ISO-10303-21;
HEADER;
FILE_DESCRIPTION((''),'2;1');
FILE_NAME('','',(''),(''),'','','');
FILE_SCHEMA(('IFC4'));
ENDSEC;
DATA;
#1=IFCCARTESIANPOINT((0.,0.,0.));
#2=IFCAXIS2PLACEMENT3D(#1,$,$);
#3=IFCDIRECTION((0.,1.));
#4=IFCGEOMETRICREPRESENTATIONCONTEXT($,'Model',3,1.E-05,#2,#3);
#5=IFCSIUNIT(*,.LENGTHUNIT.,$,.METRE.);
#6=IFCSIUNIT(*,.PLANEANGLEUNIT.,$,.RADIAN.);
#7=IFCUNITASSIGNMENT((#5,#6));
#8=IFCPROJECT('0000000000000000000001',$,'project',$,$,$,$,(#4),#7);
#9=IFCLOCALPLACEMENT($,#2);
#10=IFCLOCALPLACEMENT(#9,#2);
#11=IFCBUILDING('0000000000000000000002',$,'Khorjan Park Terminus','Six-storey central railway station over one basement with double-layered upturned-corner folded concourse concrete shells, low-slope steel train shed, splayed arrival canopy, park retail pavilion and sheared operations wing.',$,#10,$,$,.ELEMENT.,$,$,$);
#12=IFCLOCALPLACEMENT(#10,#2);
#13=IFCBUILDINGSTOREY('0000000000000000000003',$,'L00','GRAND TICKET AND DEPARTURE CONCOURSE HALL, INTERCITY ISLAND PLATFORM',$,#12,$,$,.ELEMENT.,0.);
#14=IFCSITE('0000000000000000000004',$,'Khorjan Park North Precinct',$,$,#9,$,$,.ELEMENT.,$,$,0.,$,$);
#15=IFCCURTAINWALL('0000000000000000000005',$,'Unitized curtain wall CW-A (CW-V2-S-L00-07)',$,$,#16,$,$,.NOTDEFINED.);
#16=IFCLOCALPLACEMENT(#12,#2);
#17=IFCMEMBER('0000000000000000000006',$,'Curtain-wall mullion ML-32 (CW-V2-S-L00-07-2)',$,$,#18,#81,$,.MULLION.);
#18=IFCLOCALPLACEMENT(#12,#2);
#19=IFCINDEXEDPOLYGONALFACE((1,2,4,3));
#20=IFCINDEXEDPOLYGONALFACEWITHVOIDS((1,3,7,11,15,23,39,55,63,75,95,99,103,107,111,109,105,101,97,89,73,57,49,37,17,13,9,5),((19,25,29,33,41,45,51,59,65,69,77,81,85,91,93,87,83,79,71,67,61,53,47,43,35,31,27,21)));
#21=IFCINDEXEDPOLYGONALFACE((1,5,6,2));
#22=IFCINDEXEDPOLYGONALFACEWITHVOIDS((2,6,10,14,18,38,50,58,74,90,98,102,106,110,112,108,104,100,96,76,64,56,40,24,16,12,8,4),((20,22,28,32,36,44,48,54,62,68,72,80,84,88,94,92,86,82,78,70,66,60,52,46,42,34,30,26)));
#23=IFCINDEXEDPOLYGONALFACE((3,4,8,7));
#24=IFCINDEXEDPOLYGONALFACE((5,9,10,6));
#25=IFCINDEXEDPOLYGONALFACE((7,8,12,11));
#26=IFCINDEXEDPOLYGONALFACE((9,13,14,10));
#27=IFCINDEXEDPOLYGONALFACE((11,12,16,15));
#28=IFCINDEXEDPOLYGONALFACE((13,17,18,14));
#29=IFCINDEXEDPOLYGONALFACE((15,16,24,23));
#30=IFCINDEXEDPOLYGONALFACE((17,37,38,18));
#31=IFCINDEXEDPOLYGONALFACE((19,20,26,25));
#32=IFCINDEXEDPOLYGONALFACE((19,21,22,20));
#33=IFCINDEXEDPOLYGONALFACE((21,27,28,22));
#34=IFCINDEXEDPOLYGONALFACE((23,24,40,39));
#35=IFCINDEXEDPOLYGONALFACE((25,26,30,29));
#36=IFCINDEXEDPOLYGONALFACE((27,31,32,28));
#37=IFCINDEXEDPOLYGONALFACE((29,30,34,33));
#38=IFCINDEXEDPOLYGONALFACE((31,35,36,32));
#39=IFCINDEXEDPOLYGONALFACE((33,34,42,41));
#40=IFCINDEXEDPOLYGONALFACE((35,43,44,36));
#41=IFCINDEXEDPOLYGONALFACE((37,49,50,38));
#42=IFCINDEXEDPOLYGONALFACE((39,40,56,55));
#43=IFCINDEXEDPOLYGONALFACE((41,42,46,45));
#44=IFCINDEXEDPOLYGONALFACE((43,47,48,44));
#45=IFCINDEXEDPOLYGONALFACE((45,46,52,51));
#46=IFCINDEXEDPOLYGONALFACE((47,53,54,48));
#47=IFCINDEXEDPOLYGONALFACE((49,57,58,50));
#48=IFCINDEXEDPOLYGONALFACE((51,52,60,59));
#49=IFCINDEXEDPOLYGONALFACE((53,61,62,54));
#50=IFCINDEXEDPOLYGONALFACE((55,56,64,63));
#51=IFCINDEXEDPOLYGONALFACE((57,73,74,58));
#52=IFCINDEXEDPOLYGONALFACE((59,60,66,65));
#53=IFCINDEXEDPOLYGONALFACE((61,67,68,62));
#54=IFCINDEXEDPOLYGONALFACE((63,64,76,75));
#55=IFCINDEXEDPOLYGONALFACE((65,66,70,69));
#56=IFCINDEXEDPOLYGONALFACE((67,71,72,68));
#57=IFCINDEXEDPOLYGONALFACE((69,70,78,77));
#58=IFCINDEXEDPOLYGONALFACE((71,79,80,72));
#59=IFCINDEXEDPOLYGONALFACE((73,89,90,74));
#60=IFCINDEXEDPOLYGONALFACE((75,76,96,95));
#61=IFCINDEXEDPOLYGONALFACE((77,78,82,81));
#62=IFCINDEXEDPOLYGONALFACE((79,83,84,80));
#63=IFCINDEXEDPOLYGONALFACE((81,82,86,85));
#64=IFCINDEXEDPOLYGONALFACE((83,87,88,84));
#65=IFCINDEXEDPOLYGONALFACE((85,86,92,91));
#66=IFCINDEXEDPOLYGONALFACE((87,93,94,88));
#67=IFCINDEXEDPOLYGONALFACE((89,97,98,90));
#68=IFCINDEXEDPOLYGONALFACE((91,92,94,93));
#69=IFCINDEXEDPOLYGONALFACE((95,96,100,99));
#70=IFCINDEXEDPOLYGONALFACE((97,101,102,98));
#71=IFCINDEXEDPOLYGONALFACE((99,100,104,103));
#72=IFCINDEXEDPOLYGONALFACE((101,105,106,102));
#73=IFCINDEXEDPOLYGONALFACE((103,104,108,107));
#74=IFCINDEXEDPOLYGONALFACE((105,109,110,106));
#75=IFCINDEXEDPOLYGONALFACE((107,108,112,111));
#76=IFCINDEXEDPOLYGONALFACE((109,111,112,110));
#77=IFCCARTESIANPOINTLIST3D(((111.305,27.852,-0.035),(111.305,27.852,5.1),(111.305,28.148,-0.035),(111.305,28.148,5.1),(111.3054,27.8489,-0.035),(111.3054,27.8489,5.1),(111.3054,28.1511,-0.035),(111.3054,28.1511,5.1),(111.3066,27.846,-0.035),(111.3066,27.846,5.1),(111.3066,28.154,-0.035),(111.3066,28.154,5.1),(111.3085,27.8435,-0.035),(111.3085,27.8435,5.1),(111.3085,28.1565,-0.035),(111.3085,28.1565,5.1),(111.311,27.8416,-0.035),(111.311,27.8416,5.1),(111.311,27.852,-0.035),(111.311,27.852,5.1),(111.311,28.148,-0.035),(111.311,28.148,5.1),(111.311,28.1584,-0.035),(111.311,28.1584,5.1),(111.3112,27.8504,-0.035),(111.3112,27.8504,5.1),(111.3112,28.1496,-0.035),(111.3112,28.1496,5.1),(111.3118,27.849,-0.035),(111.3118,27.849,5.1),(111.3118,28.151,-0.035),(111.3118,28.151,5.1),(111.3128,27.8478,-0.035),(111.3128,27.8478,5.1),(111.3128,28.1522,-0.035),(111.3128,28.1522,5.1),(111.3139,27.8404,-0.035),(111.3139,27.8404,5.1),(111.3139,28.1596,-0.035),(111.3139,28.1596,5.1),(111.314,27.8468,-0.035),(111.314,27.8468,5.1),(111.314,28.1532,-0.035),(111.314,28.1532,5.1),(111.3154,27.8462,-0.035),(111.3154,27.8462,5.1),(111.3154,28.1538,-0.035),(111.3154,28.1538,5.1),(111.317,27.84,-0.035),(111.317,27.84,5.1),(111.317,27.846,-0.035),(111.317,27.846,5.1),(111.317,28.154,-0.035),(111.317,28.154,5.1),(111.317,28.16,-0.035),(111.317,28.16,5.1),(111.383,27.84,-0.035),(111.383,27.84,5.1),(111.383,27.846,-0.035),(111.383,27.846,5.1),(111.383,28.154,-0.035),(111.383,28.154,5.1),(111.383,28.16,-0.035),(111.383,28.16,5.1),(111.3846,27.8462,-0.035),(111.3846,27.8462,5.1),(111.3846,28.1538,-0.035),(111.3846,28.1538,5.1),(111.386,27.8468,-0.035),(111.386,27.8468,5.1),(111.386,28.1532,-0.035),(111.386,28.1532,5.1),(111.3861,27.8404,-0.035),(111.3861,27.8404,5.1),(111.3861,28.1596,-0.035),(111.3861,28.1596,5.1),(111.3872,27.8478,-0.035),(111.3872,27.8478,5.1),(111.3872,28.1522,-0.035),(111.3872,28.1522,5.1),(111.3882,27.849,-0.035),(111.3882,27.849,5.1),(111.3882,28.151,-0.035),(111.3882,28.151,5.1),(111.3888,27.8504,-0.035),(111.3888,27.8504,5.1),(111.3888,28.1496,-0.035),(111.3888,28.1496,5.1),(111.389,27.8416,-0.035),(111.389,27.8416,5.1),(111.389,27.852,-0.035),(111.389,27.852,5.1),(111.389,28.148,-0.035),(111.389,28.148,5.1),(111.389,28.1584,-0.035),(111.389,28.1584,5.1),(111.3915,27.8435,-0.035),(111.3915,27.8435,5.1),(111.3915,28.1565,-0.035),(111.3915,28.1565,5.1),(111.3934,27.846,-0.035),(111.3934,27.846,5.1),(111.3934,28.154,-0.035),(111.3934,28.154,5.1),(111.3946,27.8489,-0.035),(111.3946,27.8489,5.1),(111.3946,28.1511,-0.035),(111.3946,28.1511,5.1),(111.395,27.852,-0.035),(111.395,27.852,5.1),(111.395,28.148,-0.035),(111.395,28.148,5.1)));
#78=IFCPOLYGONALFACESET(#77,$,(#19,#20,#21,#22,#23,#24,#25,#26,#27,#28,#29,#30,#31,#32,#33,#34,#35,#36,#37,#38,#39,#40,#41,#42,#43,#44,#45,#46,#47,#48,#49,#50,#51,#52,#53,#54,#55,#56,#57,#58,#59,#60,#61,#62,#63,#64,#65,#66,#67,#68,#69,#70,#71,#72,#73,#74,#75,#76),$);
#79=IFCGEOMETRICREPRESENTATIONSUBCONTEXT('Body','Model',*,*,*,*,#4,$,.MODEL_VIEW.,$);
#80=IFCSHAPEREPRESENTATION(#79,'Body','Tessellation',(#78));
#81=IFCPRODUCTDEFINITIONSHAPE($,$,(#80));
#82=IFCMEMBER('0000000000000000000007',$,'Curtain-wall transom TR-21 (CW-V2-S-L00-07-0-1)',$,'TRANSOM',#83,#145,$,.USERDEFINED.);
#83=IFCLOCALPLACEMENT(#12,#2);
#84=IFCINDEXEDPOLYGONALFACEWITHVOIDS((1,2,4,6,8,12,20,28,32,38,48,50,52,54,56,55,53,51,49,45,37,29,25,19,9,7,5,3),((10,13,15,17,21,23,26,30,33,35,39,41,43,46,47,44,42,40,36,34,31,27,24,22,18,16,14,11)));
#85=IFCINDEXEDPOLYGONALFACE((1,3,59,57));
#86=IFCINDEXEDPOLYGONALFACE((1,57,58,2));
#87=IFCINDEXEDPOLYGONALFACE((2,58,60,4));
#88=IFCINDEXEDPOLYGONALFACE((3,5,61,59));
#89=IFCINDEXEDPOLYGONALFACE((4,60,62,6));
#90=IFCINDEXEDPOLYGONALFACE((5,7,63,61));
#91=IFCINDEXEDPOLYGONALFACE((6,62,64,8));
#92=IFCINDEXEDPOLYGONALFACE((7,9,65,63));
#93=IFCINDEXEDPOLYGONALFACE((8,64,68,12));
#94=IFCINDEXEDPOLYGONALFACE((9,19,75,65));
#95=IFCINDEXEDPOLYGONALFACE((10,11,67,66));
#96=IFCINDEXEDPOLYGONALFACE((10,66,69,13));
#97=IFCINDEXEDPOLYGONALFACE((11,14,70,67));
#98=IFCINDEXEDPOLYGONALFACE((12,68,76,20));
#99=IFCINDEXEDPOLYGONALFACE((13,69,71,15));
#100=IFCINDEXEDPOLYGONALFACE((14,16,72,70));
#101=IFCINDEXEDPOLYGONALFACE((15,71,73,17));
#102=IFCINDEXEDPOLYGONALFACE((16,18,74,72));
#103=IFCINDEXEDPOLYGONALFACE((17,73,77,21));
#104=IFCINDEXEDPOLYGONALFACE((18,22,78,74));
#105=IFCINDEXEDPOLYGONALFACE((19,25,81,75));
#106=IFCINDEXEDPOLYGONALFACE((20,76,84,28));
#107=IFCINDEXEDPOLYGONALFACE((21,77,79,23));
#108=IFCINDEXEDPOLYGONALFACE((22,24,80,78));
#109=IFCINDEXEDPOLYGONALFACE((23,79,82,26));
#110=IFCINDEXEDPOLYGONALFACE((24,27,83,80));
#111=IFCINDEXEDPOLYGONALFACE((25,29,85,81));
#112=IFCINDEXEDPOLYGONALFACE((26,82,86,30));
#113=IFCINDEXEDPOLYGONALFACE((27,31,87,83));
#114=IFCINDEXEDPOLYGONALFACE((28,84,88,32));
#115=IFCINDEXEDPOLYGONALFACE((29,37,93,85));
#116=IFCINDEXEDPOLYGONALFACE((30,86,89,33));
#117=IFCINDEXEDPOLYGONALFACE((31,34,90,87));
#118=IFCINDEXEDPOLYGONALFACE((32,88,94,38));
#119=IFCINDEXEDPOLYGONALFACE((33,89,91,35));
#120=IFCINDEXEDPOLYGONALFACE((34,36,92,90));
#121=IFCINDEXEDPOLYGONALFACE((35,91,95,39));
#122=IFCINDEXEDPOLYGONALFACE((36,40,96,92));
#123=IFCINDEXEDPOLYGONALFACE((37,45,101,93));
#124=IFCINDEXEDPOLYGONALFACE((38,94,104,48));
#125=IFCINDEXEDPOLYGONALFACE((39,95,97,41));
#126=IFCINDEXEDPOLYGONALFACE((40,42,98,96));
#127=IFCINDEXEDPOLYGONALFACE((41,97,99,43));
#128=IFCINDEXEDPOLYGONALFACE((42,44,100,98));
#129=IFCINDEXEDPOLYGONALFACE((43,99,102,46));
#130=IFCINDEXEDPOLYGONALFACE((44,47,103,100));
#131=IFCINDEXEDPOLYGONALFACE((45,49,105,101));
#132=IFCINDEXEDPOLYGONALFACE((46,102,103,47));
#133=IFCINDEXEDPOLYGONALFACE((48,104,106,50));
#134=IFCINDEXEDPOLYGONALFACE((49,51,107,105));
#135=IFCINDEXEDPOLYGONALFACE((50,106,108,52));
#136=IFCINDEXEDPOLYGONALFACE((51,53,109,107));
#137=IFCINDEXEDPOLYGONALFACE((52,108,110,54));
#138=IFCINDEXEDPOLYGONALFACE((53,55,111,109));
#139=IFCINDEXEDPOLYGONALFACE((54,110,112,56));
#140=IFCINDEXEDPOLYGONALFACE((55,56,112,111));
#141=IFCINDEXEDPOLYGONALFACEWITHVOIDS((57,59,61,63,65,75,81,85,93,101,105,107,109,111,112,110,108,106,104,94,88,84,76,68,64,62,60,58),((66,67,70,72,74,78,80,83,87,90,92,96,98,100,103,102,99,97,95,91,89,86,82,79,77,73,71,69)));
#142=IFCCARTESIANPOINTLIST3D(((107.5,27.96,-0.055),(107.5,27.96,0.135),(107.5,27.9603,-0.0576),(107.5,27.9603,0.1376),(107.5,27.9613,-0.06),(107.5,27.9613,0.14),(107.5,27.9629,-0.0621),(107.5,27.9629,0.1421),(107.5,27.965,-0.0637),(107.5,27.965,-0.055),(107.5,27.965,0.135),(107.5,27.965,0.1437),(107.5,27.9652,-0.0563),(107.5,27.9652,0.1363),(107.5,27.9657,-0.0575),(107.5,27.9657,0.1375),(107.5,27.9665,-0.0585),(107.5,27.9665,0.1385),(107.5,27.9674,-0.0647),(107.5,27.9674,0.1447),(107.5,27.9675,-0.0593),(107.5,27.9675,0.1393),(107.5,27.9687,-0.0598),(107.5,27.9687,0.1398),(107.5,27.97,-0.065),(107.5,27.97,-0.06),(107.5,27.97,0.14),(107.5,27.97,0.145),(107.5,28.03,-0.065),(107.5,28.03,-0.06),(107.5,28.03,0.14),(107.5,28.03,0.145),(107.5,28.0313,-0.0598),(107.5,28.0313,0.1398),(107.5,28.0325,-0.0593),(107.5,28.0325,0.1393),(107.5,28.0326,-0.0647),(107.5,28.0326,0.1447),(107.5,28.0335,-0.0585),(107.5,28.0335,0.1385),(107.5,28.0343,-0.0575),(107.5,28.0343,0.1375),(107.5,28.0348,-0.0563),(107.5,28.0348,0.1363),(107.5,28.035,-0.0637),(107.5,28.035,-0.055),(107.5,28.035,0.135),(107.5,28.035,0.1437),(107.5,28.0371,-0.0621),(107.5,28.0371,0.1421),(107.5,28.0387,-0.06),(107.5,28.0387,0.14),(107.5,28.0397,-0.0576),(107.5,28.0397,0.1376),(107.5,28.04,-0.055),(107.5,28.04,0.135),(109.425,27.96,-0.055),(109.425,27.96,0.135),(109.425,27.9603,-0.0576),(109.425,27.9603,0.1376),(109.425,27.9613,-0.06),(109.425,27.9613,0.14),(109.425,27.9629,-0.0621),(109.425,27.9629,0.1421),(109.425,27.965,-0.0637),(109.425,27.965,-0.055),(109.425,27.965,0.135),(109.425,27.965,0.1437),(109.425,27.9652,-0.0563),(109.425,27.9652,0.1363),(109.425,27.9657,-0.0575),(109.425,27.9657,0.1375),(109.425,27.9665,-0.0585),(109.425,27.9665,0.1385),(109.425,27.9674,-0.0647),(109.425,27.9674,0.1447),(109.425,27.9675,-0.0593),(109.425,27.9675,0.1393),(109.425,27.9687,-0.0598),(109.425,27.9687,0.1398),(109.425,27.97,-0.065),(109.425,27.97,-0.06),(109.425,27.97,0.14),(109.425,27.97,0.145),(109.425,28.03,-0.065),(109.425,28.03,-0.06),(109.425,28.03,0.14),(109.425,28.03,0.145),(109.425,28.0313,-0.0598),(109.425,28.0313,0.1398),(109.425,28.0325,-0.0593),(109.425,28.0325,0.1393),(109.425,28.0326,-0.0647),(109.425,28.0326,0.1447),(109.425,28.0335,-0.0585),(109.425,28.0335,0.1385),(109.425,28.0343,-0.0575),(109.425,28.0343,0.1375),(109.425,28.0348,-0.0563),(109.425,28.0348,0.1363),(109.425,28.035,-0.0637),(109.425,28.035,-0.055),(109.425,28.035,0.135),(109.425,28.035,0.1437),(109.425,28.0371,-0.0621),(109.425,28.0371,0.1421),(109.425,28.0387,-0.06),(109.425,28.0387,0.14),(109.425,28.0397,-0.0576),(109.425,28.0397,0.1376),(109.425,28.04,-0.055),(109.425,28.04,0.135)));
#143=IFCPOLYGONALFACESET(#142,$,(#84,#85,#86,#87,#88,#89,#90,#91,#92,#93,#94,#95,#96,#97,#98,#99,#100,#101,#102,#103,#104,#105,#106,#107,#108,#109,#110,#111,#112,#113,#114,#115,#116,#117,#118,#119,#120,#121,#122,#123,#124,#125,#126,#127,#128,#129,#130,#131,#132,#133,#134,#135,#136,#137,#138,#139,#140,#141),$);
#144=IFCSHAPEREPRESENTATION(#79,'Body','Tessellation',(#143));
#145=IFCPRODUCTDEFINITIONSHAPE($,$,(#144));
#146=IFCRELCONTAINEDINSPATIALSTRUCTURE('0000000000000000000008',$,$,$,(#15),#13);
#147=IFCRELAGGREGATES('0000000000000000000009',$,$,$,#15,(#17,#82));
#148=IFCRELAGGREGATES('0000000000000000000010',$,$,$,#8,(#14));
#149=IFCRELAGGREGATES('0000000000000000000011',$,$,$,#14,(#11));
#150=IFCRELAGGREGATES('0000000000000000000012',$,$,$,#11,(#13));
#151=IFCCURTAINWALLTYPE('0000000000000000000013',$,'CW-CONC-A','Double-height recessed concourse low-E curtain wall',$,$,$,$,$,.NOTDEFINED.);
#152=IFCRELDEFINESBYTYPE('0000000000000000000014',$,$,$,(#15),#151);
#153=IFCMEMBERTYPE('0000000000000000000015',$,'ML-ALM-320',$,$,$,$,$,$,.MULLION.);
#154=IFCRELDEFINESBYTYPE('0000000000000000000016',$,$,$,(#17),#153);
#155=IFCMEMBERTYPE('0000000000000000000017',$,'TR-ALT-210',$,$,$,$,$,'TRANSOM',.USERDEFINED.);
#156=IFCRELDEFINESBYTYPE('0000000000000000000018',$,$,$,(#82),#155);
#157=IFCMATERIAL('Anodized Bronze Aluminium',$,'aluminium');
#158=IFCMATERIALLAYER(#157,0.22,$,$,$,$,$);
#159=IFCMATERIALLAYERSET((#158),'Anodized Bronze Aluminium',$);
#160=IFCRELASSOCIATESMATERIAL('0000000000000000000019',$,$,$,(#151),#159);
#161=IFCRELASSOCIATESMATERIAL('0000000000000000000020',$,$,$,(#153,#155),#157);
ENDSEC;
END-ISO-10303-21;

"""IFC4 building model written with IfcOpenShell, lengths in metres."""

from ifc_helpers import new_model, si_unit, direction, frame, origin, origin_2d, place, context, subcontext, project, spatial, hollow_rectangle, extrude, material, layer, layer_set, material_profile, profile_set, type_object, element, aggregate, save


model = new_model("IFC4")

# Units and contexts
model_context = context("Model", 3, precision=1e-05, world=origin(), true_north=direction((0.0, 1.0)))
body_context = subcontext(model_context, "Body", "Model", "MODEL_VIEW")
ifc_project = project(units=[si_unit("LENGTHUNIT", "METRE"), si_unit("PLANEANGLEUNIT", "RADIAN")], contexts=[model_context])

# Site, building, storey
site_placement = place(None, origin())
site = spatial("IfcSite", under=ifc_project, at=site_placement, Name="Khorjan Park North Precinct", CompositionType="ELEMENT", RefElevation=0.0)
building_placement = place(site_placement, origin())
building = spatial("IfcBuilding", under=site, at=building_placement, Name="Khorjan Park Terminus", Description="Six-storey central railway station over one basement with double-layered upturned-corner folded concourse concrete shells, low-slope steel train shed, splayed arrival canopy, park retail pavilion and sheared operations wing.", CompositionType="ELEMENT")
storey_placement = place(building_placement, origin())
storey = spatial("IfcBuildingStorey", under=building, at=storey_placement, Name="L00", Description="GRAND TICKET AND DEPARTURE CONCOURSE HALL, INTERCITY ISLAND PLATFORM", CompositionType="ELEMENT", Elevation=0.0)

# Curtain wall, members
ifc_material_1 = material(Name="Anodized Bronze Aluminium", Category="aluminium")
ifc_layer_1 = layer(ifc_material_1, 0.22)
ifc_layer_set_1 = layer_set([ifc_layer_1], Name="Anodized Bronze Aluminium")
curtain_wall_type = type_object("IfcCurtainWallType", Name="CW-CONC-A", Description="Double-height recessed concourse low-E curtain wall", PredefinedType="NOTDEFINED", material=ifc_layer_set_1)
curtain_wall_placement = place(storey_placement, origin())
curtain_wall = element("IfcCurtainWall", 1, at=curtain_wall_placement, inside=storey, type_object=curtain_wall_type, Name="Unitized curtain wall CW-A (CW-V2-S-L00-07)", PredefinedType="NOTDEFINED")
ifc_material_profile_1 = material_profile(ifc_material_1, hollow_rectangle(XDim=0.09, YDim=0.32, WallThickness=0.006, InnerFilletRadius=0.006, OuterFilletRadius=0.012, at=origin_2d()), Name="ALM 90x320x6")
ifc_profile_set_1 = profile_set([ifc_material_profile_1], Name="Anodized Bronze Aluminium")
member_type_1 = type_object("IfcMemberType", Name="ML-ALM-320", PredefinedType="MULLION", material=ifc_profile_set_1)
member_1_placement = place(storey_placement, frame((111.35, 28.0, -0.035), z_axis=(0.0, 0.0, 1.0), x_axis=(1.0, 0.0, 0.0)))
member_1 = element("IfcMember", 2, at=member_1_placement, type_object=member_type_1, Name="Curtain-wall mullion ML-32 (CW-V2-S-L00-07-2)", PredefinedType="MULLION", context=body_context, shape_type="SweptSolid", body=[
    extrude(hollow_rectangle(XDim=0.09, YDim=0.32, WallThickness=0.006, InnerFilletRadius=0.006, OuterFilletRadius=0.012, at=origin_2d()), origin(), (0.0, 0.0, 1.0), 5.135),
])
ifc_material_profile_2 = material_profile(ifc_material_1, hollow_rectangle(XDim=0.08, YDim=0.21, WallThickness=0.005, InnerFilletRadius=0.005, OuterFilletRadius=0.01, at=origin_2d()), Name="ALT 80x210x5")
ifc_profile_set_2 = profile_set([ifc_material_profile_2], Name="Anodized Bronze Aluminium")
member_type_2 = type_object("IfcMemberType", Name="TR-ALT-210", ElementType="TRANSOM", PredefinedType="USERDEFINED", material=ifc_profile_set_2)
member_2_placement = place(storey_placement, frame((107.5, 28.0, 0.04), z_axis=(1.0, 0.0, 0.0), x_axis=(0.0, 1.0, 0.0)))
member_2 = element("IfcMember", 3, at=member_2_placement, type_object=member_type_2, Name="Curtain-wall transom TR-21 (CW-V2-S-L00-07-0-1)", ObjectType="TRANSOM", PredefinedType="USERDEFINED", context=body_context, shape_type="SweptSolid", body=[
    extrude(hollow_rectangle(XDim=0.08, YDim=0.21, WallThickness=0.005, InnerFilletRadius=0.005, OuterFilletRadius=0.01, at=origin_2d()), origin(), (0.0, 0.0, 1.0), 1.925),
])
aggregate(curtain_wall, [member_1, member_2])

save(model, "model.ifc")
